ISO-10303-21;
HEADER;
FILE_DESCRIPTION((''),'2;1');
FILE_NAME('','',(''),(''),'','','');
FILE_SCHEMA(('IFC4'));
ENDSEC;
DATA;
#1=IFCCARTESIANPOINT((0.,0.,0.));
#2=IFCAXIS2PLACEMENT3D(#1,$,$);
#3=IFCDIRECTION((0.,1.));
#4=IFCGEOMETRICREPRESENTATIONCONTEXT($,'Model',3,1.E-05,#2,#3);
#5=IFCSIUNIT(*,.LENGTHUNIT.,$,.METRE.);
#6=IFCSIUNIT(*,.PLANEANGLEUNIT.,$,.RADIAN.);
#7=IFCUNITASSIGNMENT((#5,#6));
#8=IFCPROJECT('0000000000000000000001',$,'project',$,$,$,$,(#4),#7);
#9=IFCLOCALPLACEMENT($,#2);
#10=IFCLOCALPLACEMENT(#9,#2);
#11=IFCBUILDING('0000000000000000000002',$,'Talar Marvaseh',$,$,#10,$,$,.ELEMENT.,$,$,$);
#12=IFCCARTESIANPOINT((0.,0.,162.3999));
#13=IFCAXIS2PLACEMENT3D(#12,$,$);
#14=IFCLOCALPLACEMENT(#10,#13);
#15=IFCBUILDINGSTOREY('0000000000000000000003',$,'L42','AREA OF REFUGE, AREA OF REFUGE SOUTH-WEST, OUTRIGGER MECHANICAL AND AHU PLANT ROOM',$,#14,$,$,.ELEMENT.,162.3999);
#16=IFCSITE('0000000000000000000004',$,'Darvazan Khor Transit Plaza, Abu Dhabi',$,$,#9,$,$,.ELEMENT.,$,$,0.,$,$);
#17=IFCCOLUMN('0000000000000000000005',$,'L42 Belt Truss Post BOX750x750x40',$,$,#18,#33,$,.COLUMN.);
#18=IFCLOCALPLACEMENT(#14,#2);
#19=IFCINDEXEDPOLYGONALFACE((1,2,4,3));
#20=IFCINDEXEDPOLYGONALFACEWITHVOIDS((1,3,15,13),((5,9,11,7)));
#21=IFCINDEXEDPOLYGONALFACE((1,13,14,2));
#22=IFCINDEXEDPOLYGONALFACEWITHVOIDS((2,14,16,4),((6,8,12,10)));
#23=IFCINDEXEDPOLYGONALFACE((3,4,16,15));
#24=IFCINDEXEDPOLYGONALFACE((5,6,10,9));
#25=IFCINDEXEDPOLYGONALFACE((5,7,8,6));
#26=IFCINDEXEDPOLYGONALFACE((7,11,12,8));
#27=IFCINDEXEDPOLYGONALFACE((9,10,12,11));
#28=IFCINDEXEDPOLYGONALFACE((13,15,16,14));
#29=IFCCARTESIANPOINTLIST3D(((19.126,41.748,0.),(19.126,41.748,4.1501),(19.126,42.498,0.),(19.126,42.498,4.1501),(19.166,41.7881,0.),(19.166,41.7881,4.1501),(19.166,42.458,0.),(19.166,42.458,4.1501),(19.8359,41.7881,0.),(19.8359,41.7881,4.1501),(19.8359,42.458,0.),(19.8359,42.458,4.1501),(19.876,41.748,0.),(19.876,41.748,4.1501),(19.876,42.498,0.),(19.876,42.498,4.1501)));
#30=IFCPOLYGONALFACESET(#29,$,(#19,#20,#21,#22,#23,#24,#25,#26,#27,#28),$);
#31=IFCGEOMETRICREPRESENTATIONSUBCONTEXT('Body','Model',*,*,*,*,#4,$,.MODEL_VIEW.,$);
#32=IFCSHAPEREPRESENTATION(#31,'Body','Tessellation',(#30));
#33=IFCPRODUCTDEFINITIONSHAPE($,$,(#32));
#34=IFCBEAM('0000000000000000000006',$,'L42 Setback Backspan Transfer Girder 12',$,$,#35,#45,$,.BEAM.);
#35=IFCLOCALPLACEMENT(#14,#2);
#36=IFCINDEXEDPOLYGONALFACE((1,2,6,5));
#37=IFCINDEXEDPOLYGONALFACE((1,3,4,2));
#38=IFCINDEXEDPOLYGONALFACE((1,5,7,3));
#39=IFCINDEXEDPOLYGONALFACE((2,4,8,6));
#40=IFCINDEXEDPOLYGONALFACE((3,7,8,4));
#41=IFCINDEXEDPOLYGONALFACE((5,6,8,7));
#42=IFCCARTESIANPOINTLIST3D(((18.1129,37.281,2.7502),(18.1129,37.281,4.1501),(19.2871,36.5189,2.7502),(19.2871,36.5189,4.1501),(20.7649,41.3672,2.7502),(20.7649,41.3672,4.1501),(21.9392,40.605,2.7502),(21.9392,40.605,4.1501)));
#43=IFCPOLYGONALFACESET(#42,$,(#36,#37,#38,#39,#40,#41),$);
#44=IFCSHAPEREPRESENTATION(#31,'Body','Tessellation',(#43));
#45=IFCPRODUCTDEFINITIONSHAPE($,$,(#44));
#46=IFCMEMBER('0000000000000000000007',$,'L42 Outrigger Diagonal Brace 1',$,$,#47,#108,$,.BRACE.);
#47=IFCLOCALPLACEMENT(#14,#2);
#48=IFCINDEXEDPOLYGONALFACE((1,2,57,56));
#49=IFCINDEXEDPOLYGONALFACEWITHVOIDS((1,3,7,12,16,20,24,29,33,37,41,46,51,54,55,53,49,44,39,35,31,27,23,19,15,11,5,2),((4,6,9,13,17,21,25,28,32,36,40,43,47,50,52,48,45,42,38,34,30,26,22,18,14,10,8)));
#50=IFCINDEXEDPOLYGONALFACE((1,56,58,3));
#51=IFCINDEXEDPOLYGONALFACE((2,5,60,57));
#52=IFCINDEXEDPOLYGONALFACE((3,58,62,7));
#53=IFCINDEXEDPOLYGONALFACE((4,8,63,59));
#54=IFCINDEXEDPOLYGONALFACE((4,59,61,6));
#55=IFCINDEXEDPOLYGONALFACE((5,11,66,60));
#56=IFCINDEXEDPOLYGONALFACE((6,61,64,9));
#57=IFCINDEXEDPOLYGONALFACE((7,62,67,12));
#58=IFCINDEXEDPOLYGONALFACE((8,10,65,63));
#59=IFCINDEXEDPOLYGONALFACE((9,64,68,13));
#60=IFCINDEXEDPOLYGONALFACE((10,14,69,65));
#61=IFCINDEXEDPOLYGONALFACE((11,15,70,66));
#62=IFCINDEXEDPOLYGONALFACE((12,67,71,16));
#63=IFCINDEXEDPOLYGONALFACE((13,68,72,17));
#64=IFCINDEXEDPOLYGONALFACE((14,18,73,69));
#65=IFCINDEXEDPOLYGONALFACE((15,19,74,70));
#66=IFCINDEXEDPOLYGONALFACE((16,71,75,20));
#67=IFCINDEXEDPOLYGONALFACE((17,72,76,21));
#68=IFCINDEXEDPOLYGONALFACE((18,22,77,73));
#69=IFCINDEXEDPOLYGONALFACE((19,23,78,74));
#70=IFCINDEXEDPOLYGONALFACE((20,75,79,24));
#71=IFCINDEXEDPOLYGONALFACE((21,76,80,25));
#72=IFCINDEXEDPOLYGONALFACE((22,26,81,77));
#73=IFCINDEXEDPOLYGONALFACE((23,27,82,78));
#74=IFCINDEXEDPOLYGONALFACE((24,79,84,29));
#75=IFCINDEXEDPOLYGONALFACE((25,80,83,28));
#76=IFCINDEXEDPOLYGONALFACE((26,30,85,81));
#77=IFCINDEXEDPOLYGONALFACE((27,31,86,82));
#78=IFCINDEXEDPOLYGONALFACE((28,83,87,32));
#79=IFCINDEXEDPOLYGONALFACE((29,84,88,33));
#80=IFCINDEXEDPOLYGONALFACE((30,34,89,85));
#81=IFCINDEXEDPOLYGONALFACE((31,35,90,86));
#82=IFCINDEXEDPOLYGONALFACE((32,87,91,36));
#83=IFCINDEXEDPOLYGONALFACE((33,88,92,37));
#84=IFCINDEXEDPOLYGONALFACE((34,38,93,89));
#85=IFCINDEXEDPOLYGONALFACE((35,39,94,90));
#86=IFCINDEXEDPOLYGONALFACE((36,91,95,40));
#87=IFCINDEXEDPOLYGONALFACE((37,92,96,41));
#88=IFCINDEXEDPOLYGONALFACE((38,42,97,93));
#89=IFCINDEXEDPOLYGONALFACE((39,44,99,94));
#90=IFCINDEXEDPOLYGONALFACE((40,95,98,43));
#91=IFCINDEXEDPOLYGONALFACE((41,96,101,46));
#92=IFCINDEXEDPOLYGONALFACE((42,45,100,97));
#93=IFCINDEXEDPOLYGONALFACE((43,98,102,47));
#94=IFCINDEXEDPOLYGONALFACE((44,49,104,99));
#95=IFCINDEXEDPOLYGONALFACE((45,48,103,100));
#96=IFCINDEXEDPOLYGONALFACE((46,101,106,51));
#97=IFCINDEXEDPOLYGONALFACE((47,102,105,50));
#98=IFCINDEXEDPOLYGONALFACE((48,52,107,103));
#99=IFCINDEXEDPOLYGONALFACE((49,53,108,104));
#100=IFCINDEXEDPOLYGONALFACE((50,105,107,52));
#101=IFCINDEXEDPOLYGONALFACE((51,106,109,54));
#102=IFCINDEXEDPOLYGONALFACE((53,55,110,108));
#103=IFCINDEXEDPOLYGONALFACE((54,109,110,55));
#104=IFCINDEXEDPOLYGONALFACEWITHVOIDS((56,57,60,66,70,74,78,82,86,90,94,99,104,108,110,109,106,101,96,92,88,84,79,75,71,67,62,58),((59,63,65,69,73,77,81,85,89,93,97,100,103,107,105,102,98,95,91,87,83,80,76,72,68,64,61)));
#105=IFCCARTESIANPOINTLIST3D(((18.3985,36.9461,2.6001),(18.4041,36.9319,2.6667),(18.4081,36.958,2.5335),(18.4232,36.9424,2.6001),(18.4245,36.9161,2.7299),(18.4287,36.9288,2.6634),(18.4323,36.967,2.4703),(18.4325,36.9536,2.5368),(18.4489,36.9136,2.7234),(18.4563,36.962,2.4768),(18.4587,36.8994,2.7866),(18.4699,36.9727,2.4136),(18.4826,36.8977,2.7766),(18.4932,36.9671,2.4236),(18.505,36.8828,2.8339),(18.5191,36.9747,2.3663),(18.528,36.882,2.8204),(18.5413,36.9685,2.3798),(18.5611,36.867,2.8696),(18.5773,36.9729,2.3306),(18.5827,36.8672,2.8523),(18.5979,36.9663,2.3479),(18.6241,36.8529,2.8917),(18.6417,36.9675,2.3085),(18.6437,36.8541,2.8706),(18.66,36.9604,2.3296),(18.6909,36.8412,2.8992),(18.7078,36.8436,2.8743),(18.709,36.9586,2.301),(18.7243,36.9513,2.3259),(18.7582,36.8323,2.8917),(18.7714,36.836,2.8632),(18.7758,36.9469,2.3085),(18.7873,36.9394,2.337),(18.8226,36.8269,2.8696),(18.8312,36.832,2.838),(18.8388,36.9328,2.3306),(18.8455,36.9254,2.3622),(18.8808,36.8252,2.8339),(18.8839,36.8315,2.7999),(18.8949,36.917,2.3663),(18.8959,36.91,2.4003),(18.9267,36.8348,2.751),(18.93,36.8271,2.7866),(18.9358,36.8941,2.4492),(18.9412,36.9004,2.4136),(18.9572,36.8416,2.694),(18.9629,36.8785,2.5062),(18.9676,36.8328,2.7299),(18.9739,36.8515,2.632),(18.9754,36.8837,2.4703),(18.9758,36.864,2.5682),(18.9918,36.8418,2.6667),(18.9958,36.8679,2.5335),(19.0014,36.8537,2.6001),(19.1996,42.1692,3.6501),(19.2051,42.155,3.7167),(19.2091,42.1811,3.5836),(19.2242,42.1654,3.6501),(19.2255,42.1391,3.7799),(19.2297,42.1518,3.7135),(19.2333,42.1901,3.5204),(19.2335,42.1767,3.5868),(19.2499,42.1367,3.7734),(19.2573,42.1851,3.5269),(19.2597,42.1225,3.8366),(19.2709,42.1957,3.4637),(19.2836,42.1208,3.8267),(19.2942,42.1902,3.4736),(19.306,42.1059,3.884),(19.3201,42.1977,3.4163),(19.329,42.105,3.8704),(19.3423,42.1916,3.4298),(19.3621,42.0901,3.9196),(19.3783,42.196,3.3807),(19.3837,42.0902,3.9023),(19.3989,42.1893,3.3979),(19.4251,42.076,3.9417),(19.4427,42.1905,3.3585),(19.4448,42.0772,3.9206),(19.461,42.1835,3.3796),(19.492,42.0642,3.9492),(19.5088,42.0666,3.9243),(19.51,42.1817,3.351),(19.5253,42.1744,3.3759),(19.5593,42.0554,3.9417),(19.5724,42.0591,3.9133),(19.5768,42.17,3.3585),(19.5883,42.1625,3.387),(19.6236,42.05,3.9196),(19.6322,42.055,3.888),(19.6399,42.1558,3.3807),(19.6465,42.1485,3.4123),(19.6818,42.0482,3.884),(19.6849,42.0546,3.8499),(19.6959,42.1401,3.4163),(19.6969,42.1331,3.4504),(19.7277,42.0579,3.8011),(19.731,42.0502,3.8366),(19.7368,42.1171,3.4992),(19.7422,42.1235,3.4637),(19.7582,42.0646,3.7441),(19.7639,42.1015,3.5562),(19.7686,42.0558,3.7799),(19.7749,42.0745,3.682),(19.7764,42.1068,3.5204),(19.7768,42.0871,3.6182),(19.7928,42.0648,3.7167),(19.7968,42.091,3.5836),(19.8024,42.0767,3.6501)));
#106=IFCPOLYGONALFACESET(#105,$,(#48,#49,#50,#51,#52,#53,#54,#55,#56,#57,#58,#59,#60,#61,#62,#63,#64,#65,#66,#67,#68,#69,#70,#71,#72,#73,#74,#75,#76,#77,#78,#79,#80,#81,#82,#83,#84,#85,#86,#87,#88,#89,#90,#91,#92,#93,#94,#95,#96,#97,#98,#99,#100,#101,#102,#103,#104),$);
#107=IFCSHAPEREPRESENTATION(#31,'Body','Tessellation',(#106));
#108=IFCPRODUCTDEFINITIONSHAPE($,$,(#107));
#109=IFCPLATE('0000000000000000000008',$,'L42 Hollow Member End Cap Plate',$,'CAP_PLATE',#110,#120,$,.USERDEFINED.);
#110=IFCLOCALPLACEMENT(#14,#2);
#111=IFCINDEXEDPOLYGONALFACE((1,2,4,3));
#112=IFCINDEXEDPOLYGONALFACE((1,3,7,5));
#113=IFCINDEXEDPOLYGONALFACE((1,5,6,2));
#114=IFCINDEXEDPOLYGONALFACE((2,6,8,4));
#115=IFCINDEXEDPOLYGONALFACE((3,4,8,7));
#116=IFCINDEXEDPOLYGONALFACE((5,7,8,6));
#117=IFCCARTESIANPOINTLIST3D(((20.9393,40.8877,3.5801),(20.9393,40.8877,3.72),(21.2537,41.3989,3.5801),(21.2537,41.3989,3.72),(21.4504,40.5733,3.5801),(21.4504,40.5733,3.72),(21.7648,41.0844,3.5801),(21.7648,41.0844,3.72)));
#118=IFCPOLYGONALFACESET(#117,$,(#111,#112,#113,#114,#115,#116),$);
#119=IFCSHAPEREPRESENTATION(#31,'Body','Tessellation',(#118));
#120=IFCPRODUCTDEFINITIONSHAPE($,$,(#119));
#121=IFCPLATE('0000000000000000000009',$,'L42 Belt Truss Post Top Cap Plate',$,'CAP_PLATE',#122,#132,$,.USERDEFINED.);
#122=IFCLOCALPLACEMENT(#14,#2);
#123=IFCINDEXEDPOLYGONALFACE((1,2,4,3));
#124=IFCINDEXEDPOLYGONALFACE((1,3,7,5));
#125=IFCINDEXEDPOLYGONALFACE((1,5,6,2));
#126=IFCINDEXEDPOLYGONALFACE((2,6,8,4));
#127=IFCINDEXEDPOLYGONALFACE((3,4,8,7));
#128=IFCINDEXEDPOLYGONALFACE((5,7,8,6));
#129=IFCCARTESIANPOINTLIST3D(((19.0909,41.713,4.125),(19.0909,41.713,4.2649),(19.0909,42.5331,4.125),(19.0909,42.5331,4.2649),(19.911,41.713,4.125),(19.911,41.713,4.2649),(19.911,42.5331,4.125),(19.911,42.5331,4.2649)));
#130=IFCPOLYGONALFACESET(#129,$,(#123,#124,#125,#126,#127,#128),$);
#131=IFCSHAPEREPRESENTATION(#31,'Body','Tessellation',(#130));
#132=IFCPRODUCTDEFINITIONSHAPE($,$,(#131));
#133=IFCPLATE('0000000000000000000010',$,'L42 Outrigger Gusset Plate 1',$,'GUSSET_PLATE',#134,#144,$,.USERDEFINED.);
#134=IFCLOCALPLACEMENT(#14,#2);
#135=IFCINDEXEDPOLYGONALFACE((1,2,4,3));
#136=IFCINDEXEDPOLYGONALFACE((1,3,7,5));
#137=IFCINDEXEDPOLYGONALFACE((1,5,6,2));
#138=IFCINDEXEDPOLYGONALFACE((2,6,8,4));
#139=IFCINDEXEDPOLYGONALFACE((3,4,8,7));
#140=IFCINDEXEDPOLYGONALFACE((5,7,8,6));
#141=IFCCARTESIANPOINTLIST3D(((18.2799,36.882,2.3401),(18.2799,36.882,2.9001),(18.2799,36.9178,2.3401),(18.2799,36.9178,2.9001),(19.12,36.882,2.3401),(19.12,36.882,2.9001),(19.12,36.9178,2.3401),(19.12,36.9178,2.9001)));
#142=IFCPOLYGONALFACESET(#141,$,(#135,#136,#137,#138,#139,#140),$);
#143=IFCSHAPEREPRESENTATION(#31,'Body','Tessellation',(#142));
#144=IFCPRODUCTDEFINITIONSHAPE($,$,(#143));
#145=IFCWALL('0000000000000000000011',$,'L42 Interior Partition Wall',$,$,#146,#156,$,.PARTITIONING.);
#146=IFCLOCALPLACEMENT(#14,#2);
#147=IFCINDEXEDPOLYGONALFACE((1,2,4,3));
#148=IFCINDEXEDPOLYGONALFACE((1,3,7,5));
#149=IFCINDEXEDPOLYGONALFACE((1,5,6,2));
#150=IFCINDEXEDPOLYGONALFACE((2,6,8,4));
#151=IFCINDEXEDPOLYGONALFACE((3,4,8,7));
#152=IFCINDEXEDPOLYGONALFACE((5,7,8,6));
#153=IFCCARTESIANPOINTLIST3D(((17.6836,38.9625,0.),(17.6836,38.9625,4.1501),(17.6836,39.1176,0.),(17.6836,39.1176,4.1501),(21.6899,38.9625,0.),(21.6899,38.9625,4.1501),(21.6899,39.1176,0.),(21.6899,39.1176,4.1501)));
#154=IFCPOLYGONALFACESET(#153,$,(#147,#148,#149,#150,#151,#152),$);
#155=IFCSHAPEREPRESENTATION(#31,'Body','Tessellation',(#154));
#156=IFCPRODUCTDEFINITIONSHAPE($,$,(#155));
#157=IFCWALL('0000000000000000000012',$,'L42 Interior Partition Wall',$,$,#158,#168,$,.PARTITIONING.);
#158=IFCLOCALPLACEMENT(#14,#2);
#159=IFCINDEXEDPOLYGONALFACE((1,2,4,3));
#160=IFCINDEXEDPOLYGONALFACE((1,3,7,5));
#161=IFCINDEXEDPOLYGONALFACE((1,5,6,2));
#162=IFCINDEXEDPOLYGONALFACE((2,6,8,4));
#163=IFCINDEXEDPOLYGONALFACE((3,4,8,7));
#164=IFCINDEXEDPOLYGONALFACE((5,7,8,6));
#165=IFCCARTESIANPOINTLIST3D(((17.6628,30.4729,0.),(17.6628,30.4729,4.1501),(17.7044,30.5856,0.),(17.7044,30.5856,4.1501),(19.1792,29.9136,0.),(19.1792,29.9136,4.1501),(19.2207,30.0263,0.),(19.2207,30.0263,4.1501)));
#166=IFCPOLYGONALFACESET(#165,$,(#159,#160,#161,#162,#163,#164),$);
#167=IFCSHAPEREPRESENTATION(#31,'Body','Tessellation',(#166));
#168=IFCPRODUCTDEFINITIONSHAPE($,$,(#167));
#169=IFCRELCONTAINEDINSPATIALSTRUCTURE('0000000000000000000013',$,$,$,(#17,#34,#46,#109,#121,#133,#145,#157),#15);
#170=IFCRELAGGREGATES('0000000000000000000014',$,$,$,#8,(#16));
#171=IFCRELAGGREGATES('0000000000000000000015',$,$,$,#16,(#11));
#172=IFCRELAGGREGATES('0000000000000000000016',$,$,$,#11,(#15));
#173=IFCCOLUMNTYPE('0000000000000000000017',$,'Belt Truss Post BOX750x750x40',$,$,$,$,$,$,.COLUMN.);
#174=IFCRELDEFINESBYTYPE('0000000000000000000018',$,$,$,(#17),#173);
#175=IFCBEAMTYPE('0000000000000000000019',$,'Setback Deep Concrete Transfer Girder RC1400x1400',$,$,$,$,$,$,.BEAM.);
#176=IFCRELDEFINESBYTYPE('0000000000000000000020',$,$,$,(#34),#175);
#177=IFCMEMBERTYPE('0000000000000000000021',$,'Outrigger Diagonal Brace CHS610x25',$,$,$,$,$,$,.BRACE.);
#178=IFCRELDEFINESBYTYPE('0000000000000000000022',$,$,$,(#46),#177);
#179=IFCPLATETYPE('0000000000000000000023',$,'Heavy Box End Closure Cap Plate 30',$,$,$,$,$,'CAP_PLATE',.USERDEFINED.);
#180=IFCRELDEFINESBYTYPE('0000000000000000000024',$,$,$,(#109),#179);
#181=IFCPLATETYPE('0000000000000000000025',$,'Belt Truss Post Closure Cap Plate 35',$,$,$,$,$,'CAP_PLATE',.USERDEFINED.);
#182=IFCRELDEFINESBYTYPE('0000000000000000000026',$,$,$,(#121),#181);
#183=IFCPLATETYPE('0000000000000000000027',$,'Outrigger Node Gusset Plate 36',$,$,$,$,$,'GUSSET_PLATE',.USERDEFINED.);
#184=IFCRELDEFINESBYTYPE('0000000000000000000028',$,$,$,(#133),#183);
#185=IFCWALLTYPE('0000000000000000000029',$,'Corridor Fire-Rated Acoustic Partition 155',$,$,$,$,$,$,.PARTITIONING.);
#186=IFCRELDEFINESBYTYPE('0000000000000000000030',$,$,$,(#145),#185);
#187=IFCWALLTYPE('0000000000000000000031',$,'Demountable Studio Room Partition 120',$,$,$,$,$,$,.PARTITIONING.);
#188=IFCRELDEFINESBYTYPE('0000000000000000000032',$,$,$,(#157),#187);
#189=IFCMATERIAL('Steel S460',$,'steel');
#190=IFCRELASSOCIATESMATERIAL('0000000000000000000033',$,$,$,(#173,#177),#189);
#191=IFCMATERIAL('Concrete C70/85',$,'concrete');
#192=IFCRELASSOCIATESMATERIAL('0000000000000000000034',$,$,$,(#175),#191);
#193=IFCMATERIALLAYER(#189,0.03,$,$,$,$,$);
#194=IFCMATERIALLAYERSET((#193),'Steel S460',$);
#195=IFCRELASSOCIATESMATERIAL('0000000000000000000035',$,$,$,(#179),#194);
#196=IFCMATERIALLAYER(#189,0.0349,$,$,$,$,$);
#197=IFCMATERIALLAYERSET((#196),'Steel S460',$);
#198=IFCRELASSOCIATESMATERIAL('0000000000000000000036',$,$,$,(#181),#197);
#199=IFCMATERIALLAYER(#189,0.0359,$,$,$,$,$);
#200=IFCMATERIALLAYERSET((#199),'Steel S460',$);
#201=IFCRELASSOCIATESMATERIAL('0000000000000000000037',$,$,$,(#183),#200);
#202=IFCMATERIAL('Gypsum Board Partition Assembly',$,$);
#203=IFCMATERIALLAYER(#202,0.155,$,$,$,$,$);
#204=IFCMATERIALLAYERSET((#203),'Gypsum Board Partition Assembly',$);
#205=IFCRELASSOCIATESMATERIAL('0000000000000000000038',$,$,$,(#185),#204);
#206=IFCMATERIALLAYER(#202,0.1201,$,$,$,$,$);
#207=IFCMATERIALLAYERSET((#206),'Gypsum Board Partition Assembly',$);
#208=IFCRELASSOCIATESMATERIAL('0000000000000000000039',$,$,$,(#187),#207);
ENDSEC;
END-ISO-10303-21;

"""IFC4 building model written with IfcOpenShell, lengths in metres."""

from ifc_helpers import new_model, si_unit, direction, frame, frame_2d, origin, origin_2d, place, context, subcontext, project, spatial, rectangle, hollow_rectangle, hollow_circle, extrude, source, transform, mapped, material, layer, layer_set, material_profile, profile_set, type_object, type_shapes, element, save


model = new_model("IFC4")

# Units and contexts
model_context = context("Model", 3, precision=1e-05, world=origin(), true_north=direction((0.0, 1.0)))
body_context = subcontext(model_context, "Body", "Model", "MODEL_VIEW")
ifc_project = project(units=[si_unit("LENGTHUNIT", "METRE"), si_unit("PLANEANGLEUNIT", "RADIAN")], contexts=[model_context])

# Site, building, storey
site_placement = place(None, origin())
site = spatial("IfcSite", under=ifc_project, at=site_placement, Name="Darvazan Khor Transit Plaza, Abu Dhabi", CompositionType="ELEMENT", RefElevation=0.0)
building_placement = place(site_placement, origin())
building = spatial("IfcBuilding", under=site, at=building_placement, Name="Talar Marvaseh", CompositionType="ELEMENT")
storey_placement = place(building_placement, frame((0.0, 0.0, 162.3999)))
storey = spatial("IfcBuildingStorey", under=building, at=storey_placement, Name="L42", Description="AREA OF REFUGE, AREA OF REFUGE SOUTH-WEST, OUTRIGGER MECHANICAL AND AHU PLANT ROOM", CompositionType="ELEMENT", Elevation=162.3999)

# Column
ifc_material_1 = material(Name="Steel S460", Category="steel")
ifc_material_profile_1 = material_profile(ifc_material_1, hollow_rectangle(XDim=0.75, YDim=0.75, WallThickness=0.04, at=origin_2d()), Name="BOX750x750x40")
ifc_profile_set_1 = profile_set([ifc_material_profile_1], Name="Steel S460")
column_type = type_object("IfcColumnType", Name="Belt Truss Post BOX750x750x40", PredefinedType="COLUMN", material=ifc_profile_set_1)
column_placement = place(storey_placement, frame((19.501, 42.123, 0.0), z_axis=(0.0, 0.0, 1.0), x_axis=(1.0, 0.0, 0.0)))
element("IfcColumn", 1, at=column_placement, inside=storey, type_object=column_type, Name="L42 Belt Truss Post BOX750x750x40", PredefinedType="COLUMN", context=body_context, shape_type="SweptSolid", body=[
    extrude(hollow_rectangle(XDim=0.75, YDim=0.75, WallThickness=0.04, at=origin_2d()), origin(), (0.0, 0.0, 1.0), 4.1501),
])

# Beam
ifc_material_2 = material(Name="Concrete C70/85", Category="concrete")
ifc_material_profile_2 = material_profile(ifc_material_2, rectangle(XDim=1.3999, YDim=1.3999, at=origin_2d()), Name="RC1400x1400")
ifc_profile_set_2 = profile_set([ifc_material_profile_2], Name="Concrete C70/85")
beam_type = type_object("IfcBeamType", Name="Setback Deep Concrete Transfer Girder RC1400x1400", PredefinedType="BEAM", material=ifc_profile_set_2)
beam_placement = place(storey_placement, frame((21.3521, 40.9861, 3.4502), z_axis=(-0.544423, -0.838811, 0.0), x_axis=(0.838811, -0.544423, 0.0)))
element("IfcBeam", 2, at=beam_placement, inside=storey, type_object=beam_type, Name="L42 Setback Backspan Transfer Girder 12", PredefinedType="BEAM", context=body_context, shape_type="SweptSolid", body=[
    extrude(rectangle(XDim=1.3999, YDim=1.3999, at=origin_2d()), origin(), (0.0, 0.0, 1.0), 4.8713),
])

# Member
ifc_material_profile_3 = material_profile(ifc_material_1, hollow_circle(Radius=0.3049, WallThickness=0.0249, at=origin_2d()), Name="CHS610x25")
ifc_profile_set_3 = profile_set([ifc_material_profile_3], Name="Steel S460")
member_type = type_object("IfcMemberType", Name="Outrigger Diagonal Brace CHS610x25", PredefinedType="BRACE", material=ifc_profile_set_3)
shared_shape_1 = source(origin(), body_context, "Body", "SweptSolid", [
    extrude(hollow_circle(Radius=0.3049, WallThickness=0.0249, at=origin_2d()), origin(), (0.0, 0.0, 1.0), 5.3875),
])
type_shapes(member_type, [shared_shape_1])
member_placement = place(storey_placement, frame((18.7, 36.8999, 2.6001), z_axis=(0.148681, 0.969488, 0.194904), x_axis=(-0.988444, 0.151588, 0.0)))
element("IfcMember", 3, at=member_placement, inside=storey, type_object=member_type, Name="L42 Outrigger Diagonal Brace 1", PredefinedType="BRACE", context=body_context, shape_type="MappedRepresentation", body=[
    mapped(shared_shape_1, transform((0.0, 0.0, 0.0), x_axis=(1.0, 0.0, 0.0), y_axis=(0.0, 1.0, 0.0), z_axis=(0.0, 0.0, 1.0), scale=1.0)),
])

# Plates
ifc_layer_1 = layer(ifc_material_1, 0.03)
ifc_layer_set_1 = layer_set([ifc_layer_1], Name="Steel S460")
plate_type_1 = type_object("IfcPlateType", Name="Heavy Box End Closure Cap Plate 30", ElementType="CAP_PLATE", PredefinedType="USERDEFINED", material=ifc_layer_set_1)
shared_shape_2 = source(origin(), body_context, "Body", "SweptSolid", [
    extrude(rectangle(XDim=0.6001, YDim=0.6001, at=origin_2d()), origin(), (0.0, 0.0, 1.0), 0.1399),
])
type_shapes(plate_type_1, [shared_shape_2])
plate_1_placement = place(storey_placement, frame((21.3521, 40.9861, 3.5801), z_axis=(0.0, 0.0, 1.0), x_axis=(0.851727, -0.523986, 0.0)))
element("IfcPlate", 4, at=plate_1_placement, inside=storey, type_object=plate_type_1, Name="L42 Hollow Member End Cap Plate", ObjectType="CAP_PLATE", PredefinedType="USERDEFINED", context=body_context, shape_type="MappedRepresentation", body=[
    mapped(shared_shape_2, transform((0.0, 0.0, 0.0), x_axis=(1.0, 0.0, 0.0), y_axis=(0.0, 1.0, 0.0), z_axis=(0.0, 0.0, 1.0), scale=1.0)),
])
ifc_layer_2 = layer(ifc_material_1, 0.0349)
ifc_layer_set_2 = layer_set([ifc_layer_2], Name="Steel S460")
plate_type_2 = type_object("IfcPlateType", Name="Belt Truss Post Closure Cap Plate 35", ElementType="CAP_PLATE", PredefinedType="USERDEFINED", material=ifc_layer_set_2)
shared_shape_3 = source(origin(), body_context, "Body", "SweptSolid", [
    extrude(rectangle(XDim=0.8201, YDim=0.8201, at=origin_2d()), origin(), (0.0, 0.0, 1.0), 0.1399),
])
type_shapes(plate_type_2, [shared_shape_3])
plate_2_placement = place(storey_placement, frame((19.501, 42.123, 4.125), z_axis=(0.0, 0.0, 1.0), x_axis=(1.0, 0.0, 0.0)))
element("IfcPlate", 5, at=plate_2_placement, inside=storey, type_object=plate_type_2, Name="L42 Belt Truss Post Top Cap Plate", ObjectType="CAP_PLATE", PredefinedType="USERDEFINED", context=body_context, shape_type="MappedRepresentation", body=[
    mapped(shared_shape_3, transform((0.0, 0.0, 0.0), x_axis=(1.0, 0.0, 0.0), y_axis=(0.0, 1.0, 0.0), z_axis=(0.0, 0.0, 1.0), scale=1.0)),
])
ifc_layer_3 = layer(ifc_material_1, 0.0359)
ifc_layer_set_3 = layer_set([ifc_layer_3], Name="Steel S460")
plate_type_3 = type_object("IfcPlateType", Name="Outrigger Node Gusset Plate 36", ElementType="GUSSET_PLATE", PredefinedType="USERDEFINED", material=ifc_layer_set_3)
shared_shape_4 = source(origin(), body_context, "Body", "SweptSolid", [
    extrude(rectangle(XDim=0.8401, YDim=0.0359, at=origin_2d()), origin(), (0.0, 0.0, 1.0), 0.5601),
])
type_shapes(plate_type_3, [shared_shape_4])
plate_3_placement = place(storey_placement, frame((18.7, 36.8999, 2.3401), z_axis=(0.0, 0.0, 1.0), x_axis=(1.0, 0.0, 0.0)))
element("IfcPlate", 6, at=plate_3_placement, inside=storey, type_object=plate_type_3, Name="L42 Outrigger Gusset Plate 1", ObjectType="GUSSET_PLATE", PredefinedType="USERDEFINED", context=body_context, shape_type="MappedRepresentation", body=[
    mapped(shared_shape_4, transform((0.0, 0.0, 0.0), x_axis=(1.0, 0.0, 0.0), y_axis=(0.0, 1.0, 0.0), z_axis=(0.0, 0.0, 1.0), scale=1.0)),
])

# Walls
ifc_material_3 = material(Name="Gypsum Board Partition Assembly")
ifc_layer_4 = layer(ifc_material_3, 0.155)
ifc_layer_set_4 = layer_set([ifc_layer_4], Name="Gypsum Board Partition Assembly")
wall_type_1 = type_object("IfcWallType", Name="Corridor Fire-Rated Acoustic Partition 155", PredefinedType="PARTITIONING", material=ifc_layer_set_4)
wall_1_placement = place(storey_placement, frame((21.6899, 39.04, 0.0), z_axis=(0.0, 0.0, 1.0), x_axis=(-1.0, 0.0, 0.0)))
element("IfcWall", 7, at=wall_1_placement, inside=storey, type_object=wall_type_1, Name="L42 Interior Partition Wall", PredefinedType="PARTITIONING", context=body_context, shape_type="SweptSolid", body=[
    extrude(rectangle(XDim=4.0063, YDim=0.155, at=frame_2d((2.0032, 0.0))), origin(), (0.0, 0.0, 1.0), 4.1501),
])
ifc_layer_5 = layer(ifc_material_3, 0.1201)
ifc_layer_set_5 = layer_set([ifc_layer_5], Name="Gypsum Board Partition Assembly")
wall_type_2 = type_object("IfcWallType", Name="Demountable Studio Room Partition 120", PredefinedType="PARTITIONING", material=ifc_layer_set_5)
wall_2_placement = place(storey_placement, frame((19.2, 29.97, 0.0), z_axis=(0.0, 0.0, 1.0), x_axis=(-0.938209, 0.346069, 0.0)))
element("IfcWall", 8, at=wall_2_placement, inside=storey, type_object=wall_type_2, Name="L42 Interior Partition Wall", PredefinedType="PARTITIONING", context=body_context, shape_type="SweptSolid", body=[
    extrude(rectangle(XDim=1.6162, YDim=0.1201, at=frame_2d((0.8081, 0.0))), origin(), (0.0, 0.0, 1.0), 4.1501),
])

save(model, "model.ifc")
